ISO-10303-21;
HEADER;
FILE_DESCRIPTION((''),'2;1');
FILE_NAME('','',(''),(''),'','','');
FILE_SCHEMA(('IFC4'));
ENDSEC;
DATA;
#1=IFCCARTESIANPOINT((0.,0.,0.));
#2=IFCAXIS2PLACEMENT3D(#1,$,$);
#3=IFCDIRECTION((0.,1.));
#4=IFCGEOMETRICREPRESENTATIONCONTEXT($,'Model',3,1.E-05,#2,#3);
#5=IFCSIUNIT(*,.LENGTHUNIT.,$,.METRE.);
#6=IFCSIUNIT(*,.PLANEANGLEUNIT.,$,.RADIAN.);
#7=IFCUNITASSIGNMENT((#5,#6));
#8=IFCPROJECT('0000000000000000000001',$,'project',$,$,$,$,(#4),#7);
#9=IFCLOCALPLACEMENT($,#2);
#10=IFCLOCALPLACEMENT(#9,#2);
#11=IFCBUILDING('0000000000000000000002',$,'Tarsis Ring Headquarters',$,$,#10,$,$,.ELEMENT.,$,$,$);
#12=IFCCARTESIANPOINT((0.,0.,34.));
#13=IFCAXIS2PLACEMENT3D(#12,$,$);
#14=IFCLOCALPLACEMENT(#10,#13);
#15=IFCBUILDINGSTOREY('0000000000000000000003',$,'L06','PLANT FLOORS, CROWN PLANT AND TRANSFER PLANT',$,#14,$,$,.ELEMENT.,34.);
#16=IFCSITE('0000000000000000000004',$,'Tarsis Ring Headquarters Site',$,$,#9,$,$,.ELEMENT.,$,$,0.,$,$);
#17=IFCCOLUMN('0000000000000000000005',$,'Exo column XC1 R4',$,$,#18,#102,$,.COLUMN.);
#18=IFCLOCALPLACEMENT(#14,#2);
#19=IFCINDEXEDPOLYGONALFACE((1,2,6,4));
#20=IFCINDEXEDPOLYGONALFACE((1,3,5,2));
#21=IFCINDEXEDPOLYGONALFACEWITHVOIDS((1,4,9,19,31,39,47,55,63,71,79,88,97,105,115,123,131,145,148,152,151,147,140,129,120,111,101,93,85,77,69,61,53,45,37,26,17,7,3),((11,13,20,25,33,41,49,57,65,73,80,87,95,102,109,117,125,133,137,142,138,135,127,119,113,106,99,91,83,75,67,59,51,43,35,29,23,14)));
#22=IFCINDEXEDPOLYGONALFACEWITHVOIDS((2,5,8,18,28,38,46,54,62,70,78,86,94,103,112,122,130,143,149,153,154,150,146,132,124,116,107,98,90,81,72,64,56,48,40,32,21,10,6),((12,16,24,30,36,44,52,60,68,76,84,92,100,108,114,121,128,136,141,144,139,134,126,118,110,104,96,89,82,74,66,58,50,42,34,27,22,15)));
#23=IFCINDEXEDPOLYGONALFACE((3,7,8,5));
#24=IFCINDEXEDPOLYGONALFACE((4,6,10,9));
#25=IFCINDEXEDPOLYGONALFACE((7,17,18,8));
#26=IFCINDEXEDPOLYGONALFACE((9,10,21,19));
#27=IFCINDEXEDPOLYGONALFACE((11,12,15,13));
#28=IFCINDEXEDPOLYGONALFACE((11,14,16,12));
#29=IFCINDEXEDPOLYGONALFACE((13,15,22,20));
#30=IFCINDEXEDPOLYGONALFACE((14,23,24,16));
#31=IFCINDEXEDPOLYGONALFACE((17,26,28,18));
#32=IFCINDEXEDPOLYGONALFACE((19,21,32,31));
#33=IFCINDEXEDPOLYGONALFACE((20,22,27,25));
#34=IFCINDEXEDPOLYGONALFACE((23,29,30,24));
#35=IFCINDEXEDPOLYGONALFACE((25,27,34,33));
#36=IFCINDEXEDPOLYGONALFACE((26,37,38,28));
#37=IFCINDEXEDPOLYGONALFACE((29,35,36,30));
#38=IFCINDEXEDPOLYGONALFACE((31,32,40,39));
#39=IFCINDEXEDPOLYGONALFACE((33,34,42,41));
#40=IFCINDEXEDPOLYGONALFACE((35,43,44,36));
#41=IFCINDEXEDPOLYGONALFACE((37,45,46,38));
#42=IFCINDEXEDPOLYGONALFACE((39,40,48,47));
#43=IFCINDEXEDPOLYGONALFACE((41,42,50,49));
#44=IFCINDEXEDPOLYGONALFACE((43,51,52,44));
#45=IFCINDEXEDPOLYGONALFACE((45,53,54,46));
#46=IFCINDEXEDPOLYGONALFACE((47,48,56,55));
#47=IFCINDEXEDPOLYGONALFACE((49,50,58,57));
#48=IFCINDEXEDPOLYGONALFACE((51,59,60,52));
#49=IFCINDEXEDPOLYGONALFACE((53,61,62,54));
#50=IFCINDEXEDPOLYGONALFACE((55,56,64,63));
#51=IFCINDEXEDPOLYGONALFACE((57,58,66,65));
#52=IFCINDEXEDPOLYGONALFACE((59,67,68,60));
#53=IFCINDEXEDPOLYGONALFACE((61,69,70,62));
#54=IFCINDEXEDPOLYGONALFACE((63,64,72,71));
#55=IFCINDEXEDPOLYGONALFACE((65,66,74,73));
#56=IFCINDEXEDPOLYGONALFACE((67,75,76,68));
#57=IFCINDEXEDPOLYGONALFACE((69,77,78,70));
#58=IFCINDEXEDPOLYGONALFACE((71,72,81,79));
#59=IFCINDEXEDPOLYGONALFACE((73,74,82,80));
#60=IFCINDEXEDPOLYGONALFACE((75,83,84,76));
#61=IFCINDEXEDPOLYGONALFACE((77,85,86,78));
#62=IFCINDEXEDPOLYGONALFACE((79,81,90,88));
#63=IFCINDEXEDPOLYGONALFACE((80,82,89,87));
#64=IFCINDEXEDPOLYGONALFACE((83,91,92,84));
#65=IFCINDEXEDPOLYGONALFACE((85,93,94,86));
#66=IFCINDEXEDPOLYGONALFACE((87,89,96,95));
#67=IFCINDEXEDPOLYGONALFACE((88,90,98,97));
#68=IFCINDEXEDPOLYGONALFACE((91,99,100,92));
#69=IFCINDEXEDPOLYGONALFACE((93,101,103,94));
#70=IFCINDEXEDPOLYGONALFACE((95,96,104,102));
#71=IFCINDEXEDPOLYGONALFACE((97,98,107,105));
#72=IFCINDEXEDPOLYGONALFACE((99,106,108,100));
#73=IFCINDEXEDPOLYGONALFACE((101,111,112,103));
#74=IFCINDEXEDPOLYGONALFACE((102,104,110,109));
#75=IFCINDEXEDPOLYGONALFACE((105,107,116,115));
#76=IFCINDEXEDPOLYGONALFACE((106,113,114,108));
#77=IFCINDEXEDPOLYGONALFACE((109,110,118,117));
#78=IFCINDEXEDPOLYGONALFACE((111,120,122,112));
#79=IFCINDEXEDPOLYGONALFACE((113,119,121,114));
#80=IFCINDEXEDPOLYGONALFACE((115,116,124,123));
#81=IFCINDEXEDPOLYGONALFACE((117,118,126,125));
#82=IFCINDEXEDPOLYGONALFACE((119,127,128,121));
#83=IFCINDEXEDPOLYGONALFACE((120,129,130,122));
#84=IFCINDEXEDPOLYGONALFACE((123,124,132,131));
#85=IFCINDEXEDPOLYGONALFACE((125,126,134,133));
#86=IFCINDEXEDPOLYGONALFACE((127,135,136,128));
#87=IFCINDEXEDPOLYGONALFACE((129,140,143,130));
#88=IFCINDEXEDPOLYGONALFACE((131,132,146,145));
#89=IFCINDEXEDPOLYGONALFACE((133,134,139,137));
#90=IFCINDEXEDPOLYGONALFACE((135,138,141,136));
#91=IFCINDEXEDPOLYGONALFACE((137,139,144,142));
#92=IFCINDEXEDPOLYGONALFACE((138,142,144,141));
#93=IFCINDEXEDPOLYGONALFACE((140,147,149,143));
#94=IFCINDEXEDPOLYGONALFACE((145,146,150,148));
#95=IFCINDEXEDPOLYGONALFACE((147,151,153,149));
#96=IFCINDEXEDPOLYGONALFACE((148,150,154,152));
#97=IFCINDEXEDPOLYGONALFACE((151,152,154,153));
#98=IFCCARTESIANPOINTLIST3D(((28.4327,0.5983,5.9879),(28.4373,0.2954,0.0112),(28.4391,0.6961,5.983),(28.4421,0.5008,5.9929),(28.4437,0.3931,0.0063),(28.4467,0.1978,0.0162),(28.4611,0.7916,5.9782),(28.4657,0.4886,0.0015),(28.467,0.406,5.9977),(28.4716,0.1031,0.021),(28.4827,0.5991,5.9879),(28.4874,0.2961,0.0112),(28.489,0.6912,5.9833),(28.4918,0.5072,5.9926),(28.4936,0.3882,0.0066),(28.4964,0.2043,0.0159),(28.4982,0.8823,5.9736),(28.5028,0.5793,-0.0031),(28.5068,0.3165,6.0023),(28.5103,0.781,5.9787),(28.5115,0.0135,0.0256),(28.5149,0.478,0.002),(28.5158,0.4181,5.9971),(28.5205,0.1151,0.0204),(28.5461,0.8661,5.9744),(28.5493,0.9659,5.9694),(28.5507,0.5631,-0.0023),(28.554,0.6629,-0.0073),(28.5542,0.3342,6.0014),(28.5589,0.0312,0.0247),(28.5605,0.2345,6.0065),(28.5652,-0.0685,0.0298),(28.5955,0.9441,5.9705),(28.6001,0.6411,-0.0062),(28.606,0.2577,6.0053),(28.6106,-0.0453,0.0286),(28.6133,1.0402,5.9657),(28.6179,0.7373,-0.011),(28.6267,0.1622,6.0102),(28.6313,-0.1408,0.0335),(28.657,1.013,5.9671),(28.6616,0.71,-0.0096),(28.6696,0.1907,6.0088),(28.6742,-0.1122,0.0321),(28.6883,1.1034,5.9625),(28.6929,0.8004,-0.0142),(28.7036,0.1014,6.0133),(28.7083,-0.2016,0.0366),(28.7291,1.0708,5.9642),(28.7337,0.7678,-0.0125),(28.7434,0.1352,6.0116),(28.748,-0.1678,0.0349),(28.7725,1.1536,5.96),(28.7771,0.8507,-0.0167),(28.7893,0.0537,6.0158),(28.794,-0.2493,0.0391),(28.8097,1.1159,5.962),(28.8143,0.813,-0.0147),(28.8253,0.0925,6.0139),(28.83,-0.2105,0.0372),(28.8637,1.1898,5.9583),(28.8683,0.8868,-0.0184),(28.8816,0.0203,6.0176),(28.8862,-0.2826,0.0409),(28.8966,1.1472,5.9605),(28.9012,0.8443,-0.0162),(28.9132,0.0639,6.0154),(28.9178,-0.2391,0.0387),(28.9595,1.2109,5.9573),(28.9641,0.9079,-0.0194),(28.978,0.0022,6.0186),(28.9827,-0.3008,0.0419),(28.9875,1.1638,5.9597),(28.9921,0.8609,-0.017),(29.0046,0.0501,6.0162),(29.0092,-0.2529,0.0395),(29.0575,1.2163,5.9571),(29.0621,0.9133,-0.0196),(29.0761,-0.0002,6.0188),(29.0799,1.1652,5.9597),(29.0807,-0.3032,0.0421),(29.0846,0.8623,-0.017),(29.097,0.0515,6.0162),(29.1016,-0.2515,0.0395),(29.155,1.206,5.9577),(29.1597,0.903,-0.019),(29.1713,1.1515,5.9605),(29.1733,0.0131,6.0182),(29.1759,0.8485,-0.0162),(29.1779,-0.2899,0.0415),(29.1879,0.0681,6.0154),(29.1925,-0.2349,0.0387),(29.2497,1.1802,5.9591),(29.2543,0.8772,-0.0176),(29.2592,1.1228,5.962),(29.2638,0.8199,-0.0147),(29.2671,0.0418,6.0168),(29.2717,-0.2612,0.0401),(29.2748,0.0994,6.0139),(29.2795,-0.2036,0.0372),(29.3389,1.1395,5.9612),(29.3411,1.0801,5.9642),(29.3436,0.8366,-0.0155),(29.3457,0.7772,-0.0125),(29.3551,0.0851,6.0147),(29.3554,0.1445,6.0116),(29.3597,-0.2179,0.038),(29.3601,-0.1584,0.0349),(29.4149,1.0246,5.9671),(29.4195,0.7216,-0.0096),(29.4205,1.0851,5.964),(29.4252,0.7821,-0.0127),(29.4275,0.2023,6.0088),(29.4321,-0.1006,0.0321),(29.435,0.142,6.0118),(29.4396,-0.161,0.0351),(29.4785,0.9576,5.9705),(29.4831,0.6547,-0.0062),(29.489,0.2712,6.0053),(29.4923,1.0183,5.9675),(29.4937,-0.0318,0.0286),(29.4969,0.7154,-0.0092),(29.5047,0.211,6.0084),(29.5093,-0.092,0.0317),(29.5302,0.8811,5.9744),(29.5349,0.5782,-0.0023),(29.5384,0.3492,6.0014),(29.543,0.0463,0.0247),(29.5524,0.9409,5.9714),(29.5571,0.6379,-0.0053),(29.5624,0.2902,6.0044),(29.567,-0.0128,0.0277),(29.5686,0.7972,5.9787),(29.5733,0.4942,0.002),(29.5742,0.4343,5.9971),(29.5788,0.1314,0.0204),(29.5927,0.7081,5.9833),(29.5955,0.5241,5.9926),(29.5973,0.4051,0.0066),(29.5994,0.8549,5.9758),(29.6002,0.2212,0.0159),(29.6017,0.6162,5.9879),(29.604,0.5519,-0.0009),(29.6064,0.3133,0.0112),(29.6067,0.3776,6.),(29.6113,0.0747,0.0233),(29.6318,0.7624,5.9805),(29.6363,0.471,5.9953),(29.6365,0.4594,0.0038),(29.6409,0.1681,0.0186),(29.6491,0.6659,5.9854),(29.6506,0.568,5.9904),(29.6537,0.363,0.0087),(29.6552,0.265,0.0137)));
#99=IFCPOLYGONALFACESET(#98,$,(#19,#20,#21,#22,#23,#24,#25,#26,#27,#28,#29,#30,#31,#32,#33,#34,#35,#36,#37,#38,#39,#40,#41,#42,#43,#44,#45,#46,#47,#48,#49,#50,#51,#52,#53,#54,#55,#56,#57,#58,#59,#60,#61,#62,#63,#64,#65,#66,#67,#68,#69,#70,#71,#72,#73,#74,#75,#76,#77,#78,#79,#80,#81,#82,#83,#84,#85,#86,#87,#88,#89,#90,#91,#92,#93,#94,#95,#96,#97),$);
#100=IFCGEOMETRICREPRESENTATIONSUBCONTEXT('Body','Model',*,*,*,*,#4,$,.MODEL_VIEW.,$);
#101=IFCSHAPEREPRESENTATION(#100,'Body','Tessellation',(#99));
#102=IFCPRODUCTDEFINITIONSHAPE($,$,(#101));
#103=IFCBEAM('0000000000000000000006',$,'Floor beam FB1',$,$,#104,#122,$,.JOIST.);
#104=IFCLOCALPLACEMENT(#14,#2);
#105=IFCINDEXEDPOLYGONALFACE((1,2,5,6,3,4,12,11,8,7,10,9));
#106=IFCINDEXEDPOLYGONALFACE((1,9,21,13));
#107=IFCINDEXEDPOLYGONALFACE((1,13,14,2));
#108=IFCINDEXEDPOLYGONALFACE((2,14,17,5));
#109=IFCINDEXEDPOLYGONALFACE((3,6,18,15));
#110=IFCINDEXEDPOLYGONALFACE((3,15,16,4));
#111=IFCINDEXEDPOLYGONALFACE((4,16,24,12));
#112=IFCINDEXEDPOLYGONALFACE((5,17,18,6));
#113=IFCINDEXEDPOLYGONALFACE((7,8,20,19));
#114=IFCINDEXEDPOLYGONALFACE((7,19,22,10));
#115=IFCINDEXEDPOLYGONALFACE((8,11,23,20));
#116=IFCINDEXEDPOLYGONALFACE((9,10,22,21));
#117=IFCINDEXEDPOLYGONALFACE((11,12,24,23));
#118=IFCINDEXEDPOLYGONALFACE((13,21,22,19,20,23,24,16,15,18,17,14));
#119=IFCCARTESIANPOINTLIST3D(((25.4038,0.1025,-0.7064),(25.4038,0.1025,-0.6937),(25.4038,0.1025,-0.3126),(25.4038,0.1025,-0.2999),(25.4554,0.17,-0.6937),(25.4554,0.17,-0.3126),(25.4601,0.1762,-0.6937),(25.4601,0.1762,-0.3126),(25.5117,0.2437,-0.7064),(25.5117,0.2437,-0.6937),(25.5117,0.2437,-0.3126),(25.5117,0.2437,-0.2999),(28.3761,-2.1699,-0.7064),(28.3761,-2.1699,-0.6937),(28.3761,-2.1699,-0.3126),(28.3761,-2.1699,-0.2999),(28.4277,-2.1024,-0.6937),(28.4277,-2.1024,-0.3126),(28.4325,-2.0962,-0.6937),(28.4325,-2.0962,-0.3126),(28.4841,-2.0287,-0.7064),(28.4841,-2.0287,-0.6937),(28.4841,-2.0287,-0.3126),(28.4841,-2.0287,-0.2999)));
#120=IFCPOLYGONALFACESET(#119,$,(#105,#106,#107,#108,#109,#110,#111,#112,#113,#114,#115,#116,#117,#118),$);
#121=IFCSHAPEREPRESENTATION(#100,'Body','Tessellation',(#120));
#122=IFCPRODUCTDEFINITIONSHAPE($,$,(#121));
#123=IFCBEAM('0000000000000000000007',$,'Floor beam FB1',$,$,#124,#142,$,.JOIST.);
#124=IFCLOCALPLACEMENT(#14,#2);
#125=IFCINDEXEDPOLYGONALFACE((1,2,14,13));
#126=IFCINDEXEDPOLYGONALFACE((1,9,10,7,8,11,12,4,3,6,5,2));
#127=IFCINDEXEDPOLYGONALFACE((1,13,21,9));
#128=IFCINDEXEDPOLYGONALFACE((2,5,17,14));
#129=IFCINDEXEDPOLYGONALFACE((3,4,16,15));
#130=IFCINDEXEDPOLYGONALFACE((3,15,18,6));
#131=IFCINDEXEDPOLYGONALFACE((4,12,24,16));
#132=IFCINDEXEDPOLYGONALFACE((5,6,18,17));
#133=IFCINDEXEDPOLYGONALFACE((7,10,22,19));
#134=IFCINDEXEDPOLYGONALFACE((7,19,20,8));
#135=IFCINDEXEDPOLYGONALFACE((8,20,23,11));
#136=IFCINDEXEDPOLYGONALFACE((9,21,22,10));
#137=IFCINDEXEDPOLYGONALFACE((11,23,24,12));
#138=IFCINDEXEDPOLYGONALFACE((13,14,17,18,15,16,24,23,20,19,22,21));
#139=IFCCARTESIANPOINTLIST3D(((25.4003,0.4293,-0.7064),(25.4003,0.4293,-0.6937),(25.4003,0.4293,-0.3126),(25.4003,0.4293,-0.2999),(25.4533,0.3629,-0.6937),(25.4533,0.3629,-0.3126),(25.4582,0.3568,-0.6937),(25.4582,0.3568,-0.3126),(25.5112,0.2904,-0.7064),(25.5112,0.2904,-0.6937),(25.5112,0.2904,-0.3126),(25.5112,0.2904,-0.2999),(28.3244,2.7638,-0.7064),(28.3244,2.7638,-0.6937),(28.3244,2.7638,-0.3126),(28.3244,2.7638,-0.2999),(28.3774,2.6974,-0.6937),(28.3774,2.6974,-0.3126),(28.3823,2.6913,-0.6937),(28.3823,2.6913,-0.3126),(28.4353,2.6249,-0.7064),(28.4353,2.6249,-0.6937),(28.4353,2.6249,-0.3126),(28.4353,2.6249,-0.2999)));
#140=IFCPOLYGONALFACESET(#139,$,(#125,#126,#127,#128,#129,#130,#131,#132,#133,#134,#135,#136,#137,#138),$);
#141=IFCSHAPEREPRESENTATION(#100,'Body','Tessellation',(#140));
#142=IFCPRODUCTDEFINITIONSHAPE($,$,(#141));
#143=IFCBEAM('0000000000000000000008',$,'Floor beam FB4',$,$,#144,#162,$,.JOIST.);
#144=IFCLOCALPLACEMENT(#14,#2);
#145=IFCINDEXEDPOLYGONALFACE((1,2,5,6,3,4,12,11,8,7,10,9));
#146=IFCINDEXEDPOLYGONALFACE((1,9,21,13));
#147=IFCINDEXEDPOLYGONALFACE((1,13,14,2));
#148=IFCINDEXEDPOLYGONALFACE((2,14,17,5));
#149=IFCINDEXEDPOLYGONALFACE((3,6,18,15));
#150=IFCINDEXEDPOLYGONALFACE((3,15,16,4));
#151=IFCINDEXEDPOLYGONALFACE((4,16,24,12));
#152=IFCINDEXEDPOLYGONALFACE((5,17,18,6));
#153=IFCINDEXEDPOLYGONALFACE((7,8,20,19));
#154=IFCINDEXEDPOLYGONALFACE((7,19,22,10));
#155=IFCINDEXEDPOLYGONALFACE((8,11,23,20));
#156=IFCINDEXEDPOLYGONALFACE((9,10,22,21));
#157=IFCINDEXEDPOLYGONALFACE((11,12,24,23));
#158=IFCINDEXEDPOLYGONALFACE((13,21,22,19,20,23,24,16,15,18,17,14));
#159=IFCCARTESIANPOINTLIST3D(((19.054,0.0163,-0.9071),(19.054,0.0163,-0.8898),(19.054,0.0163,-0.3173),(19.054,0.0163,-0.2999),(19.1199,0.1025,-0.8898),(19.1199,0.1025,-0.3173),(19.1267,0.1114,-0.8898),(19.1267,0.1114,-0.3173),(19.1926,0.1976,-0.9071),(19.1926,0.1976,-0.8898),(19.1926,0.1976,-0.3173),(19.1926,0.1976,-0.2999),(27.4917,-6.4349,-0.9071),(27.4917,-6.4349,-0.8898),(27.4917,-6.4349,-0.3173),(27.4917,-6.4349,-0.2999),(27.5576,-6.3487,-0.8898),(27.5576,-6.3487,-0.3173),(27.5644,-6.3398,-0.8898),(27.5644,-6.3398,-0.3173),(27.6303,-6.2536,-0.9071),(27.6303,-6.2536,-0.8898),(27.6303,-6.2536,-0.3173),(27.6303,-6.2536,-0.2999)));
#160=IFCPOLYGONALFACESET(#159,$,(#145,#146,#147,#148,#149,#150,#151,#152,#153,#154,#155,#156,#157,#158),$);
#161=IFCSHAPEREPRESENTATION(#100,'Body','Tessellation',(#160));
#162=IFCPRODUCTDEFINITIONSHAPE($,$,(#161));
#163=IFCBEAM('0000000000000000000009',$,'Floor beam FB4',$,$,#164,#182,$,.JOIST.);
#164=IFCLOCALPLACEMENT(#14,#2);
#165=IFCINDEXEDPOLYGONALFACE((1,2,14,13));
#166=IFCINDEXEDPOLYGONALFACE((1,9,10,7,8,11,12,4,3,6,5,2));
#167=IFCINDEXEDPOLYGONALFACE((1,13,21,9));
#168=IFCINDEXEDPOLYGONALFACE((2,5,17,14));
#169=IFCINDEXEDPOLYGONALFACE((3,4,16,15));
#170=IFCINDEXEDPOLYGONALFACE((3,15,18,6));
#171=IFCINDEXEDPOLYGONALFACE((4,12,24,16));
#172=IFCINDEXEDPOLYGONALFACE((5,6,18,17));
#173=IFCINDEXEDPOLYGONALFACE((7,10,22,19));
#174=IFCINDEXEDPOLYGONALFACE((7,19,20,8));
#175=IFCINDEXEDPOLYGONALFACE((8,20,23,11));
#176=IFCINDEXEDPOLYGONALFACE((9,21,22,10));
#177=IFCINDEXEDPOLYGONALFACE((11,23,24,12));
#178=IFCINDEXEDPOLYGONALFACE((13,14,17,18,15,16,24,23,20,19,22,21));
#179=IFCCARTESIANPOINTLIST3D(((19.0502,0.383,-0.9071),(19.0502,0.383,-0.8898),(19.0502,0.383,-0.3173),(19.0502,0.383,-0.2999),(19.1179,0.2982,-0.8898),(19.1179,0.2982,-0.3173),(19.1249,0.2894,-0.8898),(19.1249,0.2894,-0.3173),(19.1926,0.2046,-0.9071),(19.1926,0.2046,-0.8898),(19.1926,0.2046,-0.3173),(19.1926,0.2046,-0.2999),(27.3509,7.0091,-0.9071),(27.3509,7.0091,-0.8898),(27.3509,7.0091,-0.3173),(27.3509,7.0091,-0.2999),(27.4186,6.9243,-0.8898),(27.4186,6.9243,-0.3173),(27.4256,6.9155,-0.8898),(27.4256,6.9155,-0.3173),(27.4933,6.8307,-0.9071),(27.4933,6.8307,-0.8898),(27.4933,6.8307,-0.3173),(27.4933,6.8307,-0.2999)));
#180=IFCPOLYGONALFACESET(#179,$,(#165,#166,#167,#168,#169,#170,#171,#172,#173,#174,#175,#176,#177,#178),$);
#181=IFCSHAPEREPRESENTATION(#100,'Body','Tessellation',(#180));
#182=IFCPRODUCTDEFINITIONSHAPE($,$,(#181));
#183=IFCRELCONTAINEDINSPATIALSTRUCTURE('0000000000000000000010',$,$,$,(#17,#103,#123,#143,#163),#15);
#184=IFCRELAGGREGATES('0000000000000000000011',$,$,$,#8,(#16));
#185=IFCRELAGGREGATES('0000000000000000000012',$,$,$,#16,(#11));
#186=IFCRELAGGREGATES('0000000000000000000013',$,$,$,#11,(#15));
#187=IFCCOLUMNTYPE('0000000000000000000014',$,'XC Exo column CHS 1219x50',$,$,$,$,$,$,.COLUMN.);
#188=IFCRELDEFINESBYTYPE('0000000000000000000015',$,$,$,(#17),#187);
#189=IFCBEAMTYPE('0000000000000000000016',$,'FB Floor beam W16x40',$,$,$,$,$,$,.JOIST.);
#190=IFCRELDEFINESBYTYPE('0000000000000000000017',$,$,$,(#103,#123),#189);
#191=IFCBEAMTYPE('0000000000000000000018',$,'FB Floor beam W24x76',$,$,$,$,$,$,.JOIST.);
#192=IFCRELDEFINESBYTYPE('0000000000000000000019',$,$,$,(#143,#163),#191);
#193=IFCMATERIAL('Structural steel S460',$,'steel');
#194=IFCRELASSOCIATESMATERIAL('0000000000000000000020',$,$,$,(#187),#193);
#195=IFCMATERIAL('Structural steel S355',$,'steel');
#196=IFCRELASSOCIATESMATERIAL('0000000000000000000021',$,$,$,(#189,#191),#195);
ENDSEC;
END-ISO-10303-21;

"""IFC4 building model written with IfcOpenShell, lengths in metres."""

from ifc_helpers import new_model, si_unit, direction, frame, origin, origin_2d, place, context, subcontext, project, spatial, hollow_circle, i_section, extrude, material, material_profile, profile_set, type_object, element, save


model = new_model("IFC4")

# Units and contexts
model_context = context("Model", 3, precision=1e-05, world=origin(), true_north=direction((0.0, 1.0)))
body_context = subcontext(model_context, "Body", "Model", "MODEL_VIEW")
ifc_project = project(units=[si_unit("LENGTHUNIT", "METRE"), si_unit("PLANEANGLEUNIT", "RADIAN")], contexts=[model_context])

# Site, building, storey
site_placement = place(None, origin())
site = spatial("IfcSite", under=ifc_project, at=site_placement, Name="Tarsis Ring Headquarters Site", CompositionType="ELEMENT", RefElevation=0.0)
building_placement = place(site_placement, origin())
building = spatial("IfcBuilding", under=site, at=building_placement, Name="Tarsis Ring Headquarters", CompositionType="ELEMENT")
storey_placement = place(building_placement, frame((0.0, 0.0, 34.0)))
storey = spatial("IfcBuildingStorey", under=building, at=storey_placement, Name="L06", Description="PLANT FLOORS, CROWN PLANT AND TRANSFER PLANT", CompositionType="ELEMENT", Elevation=34.0)

# Column
ifc_material_1 = material(Name="Structural steel S460", Category="steel")
ifc_material_profile_1 = material_profile(ifc_material_1, hollow_circle(Radius=0.6096, WallThickness=0.05, at=origin_2d()), Name="CHS 1219x50")
ifc_profile_set_1 = profile_set([ifc_material_profile_1], Name="Structural steel S460")
column_type = type_object("IfcColumnType", Name="XC Exo column CHS 1219x50", PredefinedType="COLUMN", material=ifc_profile_set_1)
column_placement = place(storey_placement, frame((29.0469, 0.3047, 0.0112), z_axis=(-0.000775, 0.050627, 0.998717), x_axis=(-0.999883, -0.015308, 0.0)))
element("IfcColumn", 1, at=column_placement, inside=storey, type_object=column_type, Name="Exo column XC1 R4", PredefinedType="COLUMN", context=body_context, shape_type="SweptSolid", body=[
    extrude(hollow_circle(Radius=0.6096, WallThickness=0.05, at=origin_2d()), origin(), (0.0, 0.0, 1.0), 5.9844),
])

# Beams
ifc_material_2 = material(Name="Structural steel S355", Category="steel")
ifc_material_profile_2 = material_profile(ifc_material_2, i_section(OverallWidth=0.1777, OverallDepth=0.4065, WebThickness=0.0078, FlangeThickness=0.0127, at=origin_2d()), Name="W16x40")
ifc_profile_set_2 = profile_set([ifc_material_profile_2], Name="Structural steel S355")
beam_type_1 = type_object("IfcBeamType", Name="FB Floor beam W16x40", PredefinedType="JOIST", material=ifc_profile_set_2)
beam_1_placement = place(storey_placement, frame((25.4578, 0.1731, -0.5032), z_axis=(0.79443, -0.607356, 0.0), x_axis=(0.607356, 0.79443, 0.0)))
element("IfcBeam", 2, at=beam_1_placement, inside=storey, type_object=beam_type_1, Name="Floor beam FB1", PredefinedType="JOIST", context=body_context, shape_type="SweptSolid", body=[
    extrude(i_section(OverallWidth=0.1777, OverallDepth=0.4065, WebThickness=0.0078, FlangeThickness=0.0127, at=origin_2d()), origin(), (0.0, 0.0, 1.0), 3.7415),
])
beam_2_placement = place(storey_placement, frame((28.3799, 2.6943, -0.5032), z_axis=(-0.781492, -0.623915, 0.0), x_axis=(0.623915, -0.781492, 0.0)))
element("IfcBeam", 3, at=beam_2_placement, inside=storey, type_object=beam_type_1, Name="Floor beam FB1", PredefinedType="JOIST", context=body_context, shape_type="SweptSolid", body=[
    extrude(i_section(OverallWidth=0.1777, OverallDepth=0.4065, WebThickness=0.0078, FlangeThickness=0.0127, at=origin_2d()), origin(), (0.0, 0.0, 1.0), 3.7417),
])
ifc_material_profile_3 = material_profile(ifc_material_2, i_section(OverallWidth=0.2283, OverallDepth=0.6072, WebThickness=0.0112, FlangeThickness=0.0173, at=origin_2d()), Name="W24x76")
ifc_profile_set_3 = profile_set([ifc_material_profile_3], Name="Structural steel S355")
beam_type_2 = type_object("IfcBeamType", Name="FB Floor beam W24x76", PredefinedType="JOIST", material=ifc_profile_set_3)
beam_3_placement = place(storey_placement, frame((19.1233, 0.1069, -0.6035), z_axis=(0.794413, -0.607378, 0.0), x_axis=(0.607378, 0.794413, 0.0)))
element("IfcBeam", 4, at=beam_3_placement, inside=storey, type_object=beam_type_2, Name="Floor beam FB4", PredefinedType="JOIST", context=body_context, shape_type="SweptSolid", body=[
    extrude(i_section(OverallWidth=0.2283, OverallDepth=0.6072, WebThickness=0.0112, FlangeThickness=0.0173, at=origin_2d()), origin(), (0.0, 0.0, 1.0), 10.6213),
])
beam_4_placement = place(storey_placement, frame((27.4221, 6.9199, -0.6035), z_axis=(-0.78153, -0.623868, 0.0), x_axis=(0.623868, -0.78153, 0.0)))
element("IfcBeam", 5, at=beam_4_placement, inside=storey, type_object=beam_type_2, Name="Floor beam FB4", PredefinedType="JOIST", context=body_context, shape_type="SweptSolid", body=[
    extrude(i_section(OverallWidth=0.2283, OverallDepth=0.6072, WebThickness=0.0112, FlangeThickness=0.0173, at=origin_2d()), origin(), (0.0, 0.0, 1.0), 10.6211),
])

save(model, "model.ifc")
